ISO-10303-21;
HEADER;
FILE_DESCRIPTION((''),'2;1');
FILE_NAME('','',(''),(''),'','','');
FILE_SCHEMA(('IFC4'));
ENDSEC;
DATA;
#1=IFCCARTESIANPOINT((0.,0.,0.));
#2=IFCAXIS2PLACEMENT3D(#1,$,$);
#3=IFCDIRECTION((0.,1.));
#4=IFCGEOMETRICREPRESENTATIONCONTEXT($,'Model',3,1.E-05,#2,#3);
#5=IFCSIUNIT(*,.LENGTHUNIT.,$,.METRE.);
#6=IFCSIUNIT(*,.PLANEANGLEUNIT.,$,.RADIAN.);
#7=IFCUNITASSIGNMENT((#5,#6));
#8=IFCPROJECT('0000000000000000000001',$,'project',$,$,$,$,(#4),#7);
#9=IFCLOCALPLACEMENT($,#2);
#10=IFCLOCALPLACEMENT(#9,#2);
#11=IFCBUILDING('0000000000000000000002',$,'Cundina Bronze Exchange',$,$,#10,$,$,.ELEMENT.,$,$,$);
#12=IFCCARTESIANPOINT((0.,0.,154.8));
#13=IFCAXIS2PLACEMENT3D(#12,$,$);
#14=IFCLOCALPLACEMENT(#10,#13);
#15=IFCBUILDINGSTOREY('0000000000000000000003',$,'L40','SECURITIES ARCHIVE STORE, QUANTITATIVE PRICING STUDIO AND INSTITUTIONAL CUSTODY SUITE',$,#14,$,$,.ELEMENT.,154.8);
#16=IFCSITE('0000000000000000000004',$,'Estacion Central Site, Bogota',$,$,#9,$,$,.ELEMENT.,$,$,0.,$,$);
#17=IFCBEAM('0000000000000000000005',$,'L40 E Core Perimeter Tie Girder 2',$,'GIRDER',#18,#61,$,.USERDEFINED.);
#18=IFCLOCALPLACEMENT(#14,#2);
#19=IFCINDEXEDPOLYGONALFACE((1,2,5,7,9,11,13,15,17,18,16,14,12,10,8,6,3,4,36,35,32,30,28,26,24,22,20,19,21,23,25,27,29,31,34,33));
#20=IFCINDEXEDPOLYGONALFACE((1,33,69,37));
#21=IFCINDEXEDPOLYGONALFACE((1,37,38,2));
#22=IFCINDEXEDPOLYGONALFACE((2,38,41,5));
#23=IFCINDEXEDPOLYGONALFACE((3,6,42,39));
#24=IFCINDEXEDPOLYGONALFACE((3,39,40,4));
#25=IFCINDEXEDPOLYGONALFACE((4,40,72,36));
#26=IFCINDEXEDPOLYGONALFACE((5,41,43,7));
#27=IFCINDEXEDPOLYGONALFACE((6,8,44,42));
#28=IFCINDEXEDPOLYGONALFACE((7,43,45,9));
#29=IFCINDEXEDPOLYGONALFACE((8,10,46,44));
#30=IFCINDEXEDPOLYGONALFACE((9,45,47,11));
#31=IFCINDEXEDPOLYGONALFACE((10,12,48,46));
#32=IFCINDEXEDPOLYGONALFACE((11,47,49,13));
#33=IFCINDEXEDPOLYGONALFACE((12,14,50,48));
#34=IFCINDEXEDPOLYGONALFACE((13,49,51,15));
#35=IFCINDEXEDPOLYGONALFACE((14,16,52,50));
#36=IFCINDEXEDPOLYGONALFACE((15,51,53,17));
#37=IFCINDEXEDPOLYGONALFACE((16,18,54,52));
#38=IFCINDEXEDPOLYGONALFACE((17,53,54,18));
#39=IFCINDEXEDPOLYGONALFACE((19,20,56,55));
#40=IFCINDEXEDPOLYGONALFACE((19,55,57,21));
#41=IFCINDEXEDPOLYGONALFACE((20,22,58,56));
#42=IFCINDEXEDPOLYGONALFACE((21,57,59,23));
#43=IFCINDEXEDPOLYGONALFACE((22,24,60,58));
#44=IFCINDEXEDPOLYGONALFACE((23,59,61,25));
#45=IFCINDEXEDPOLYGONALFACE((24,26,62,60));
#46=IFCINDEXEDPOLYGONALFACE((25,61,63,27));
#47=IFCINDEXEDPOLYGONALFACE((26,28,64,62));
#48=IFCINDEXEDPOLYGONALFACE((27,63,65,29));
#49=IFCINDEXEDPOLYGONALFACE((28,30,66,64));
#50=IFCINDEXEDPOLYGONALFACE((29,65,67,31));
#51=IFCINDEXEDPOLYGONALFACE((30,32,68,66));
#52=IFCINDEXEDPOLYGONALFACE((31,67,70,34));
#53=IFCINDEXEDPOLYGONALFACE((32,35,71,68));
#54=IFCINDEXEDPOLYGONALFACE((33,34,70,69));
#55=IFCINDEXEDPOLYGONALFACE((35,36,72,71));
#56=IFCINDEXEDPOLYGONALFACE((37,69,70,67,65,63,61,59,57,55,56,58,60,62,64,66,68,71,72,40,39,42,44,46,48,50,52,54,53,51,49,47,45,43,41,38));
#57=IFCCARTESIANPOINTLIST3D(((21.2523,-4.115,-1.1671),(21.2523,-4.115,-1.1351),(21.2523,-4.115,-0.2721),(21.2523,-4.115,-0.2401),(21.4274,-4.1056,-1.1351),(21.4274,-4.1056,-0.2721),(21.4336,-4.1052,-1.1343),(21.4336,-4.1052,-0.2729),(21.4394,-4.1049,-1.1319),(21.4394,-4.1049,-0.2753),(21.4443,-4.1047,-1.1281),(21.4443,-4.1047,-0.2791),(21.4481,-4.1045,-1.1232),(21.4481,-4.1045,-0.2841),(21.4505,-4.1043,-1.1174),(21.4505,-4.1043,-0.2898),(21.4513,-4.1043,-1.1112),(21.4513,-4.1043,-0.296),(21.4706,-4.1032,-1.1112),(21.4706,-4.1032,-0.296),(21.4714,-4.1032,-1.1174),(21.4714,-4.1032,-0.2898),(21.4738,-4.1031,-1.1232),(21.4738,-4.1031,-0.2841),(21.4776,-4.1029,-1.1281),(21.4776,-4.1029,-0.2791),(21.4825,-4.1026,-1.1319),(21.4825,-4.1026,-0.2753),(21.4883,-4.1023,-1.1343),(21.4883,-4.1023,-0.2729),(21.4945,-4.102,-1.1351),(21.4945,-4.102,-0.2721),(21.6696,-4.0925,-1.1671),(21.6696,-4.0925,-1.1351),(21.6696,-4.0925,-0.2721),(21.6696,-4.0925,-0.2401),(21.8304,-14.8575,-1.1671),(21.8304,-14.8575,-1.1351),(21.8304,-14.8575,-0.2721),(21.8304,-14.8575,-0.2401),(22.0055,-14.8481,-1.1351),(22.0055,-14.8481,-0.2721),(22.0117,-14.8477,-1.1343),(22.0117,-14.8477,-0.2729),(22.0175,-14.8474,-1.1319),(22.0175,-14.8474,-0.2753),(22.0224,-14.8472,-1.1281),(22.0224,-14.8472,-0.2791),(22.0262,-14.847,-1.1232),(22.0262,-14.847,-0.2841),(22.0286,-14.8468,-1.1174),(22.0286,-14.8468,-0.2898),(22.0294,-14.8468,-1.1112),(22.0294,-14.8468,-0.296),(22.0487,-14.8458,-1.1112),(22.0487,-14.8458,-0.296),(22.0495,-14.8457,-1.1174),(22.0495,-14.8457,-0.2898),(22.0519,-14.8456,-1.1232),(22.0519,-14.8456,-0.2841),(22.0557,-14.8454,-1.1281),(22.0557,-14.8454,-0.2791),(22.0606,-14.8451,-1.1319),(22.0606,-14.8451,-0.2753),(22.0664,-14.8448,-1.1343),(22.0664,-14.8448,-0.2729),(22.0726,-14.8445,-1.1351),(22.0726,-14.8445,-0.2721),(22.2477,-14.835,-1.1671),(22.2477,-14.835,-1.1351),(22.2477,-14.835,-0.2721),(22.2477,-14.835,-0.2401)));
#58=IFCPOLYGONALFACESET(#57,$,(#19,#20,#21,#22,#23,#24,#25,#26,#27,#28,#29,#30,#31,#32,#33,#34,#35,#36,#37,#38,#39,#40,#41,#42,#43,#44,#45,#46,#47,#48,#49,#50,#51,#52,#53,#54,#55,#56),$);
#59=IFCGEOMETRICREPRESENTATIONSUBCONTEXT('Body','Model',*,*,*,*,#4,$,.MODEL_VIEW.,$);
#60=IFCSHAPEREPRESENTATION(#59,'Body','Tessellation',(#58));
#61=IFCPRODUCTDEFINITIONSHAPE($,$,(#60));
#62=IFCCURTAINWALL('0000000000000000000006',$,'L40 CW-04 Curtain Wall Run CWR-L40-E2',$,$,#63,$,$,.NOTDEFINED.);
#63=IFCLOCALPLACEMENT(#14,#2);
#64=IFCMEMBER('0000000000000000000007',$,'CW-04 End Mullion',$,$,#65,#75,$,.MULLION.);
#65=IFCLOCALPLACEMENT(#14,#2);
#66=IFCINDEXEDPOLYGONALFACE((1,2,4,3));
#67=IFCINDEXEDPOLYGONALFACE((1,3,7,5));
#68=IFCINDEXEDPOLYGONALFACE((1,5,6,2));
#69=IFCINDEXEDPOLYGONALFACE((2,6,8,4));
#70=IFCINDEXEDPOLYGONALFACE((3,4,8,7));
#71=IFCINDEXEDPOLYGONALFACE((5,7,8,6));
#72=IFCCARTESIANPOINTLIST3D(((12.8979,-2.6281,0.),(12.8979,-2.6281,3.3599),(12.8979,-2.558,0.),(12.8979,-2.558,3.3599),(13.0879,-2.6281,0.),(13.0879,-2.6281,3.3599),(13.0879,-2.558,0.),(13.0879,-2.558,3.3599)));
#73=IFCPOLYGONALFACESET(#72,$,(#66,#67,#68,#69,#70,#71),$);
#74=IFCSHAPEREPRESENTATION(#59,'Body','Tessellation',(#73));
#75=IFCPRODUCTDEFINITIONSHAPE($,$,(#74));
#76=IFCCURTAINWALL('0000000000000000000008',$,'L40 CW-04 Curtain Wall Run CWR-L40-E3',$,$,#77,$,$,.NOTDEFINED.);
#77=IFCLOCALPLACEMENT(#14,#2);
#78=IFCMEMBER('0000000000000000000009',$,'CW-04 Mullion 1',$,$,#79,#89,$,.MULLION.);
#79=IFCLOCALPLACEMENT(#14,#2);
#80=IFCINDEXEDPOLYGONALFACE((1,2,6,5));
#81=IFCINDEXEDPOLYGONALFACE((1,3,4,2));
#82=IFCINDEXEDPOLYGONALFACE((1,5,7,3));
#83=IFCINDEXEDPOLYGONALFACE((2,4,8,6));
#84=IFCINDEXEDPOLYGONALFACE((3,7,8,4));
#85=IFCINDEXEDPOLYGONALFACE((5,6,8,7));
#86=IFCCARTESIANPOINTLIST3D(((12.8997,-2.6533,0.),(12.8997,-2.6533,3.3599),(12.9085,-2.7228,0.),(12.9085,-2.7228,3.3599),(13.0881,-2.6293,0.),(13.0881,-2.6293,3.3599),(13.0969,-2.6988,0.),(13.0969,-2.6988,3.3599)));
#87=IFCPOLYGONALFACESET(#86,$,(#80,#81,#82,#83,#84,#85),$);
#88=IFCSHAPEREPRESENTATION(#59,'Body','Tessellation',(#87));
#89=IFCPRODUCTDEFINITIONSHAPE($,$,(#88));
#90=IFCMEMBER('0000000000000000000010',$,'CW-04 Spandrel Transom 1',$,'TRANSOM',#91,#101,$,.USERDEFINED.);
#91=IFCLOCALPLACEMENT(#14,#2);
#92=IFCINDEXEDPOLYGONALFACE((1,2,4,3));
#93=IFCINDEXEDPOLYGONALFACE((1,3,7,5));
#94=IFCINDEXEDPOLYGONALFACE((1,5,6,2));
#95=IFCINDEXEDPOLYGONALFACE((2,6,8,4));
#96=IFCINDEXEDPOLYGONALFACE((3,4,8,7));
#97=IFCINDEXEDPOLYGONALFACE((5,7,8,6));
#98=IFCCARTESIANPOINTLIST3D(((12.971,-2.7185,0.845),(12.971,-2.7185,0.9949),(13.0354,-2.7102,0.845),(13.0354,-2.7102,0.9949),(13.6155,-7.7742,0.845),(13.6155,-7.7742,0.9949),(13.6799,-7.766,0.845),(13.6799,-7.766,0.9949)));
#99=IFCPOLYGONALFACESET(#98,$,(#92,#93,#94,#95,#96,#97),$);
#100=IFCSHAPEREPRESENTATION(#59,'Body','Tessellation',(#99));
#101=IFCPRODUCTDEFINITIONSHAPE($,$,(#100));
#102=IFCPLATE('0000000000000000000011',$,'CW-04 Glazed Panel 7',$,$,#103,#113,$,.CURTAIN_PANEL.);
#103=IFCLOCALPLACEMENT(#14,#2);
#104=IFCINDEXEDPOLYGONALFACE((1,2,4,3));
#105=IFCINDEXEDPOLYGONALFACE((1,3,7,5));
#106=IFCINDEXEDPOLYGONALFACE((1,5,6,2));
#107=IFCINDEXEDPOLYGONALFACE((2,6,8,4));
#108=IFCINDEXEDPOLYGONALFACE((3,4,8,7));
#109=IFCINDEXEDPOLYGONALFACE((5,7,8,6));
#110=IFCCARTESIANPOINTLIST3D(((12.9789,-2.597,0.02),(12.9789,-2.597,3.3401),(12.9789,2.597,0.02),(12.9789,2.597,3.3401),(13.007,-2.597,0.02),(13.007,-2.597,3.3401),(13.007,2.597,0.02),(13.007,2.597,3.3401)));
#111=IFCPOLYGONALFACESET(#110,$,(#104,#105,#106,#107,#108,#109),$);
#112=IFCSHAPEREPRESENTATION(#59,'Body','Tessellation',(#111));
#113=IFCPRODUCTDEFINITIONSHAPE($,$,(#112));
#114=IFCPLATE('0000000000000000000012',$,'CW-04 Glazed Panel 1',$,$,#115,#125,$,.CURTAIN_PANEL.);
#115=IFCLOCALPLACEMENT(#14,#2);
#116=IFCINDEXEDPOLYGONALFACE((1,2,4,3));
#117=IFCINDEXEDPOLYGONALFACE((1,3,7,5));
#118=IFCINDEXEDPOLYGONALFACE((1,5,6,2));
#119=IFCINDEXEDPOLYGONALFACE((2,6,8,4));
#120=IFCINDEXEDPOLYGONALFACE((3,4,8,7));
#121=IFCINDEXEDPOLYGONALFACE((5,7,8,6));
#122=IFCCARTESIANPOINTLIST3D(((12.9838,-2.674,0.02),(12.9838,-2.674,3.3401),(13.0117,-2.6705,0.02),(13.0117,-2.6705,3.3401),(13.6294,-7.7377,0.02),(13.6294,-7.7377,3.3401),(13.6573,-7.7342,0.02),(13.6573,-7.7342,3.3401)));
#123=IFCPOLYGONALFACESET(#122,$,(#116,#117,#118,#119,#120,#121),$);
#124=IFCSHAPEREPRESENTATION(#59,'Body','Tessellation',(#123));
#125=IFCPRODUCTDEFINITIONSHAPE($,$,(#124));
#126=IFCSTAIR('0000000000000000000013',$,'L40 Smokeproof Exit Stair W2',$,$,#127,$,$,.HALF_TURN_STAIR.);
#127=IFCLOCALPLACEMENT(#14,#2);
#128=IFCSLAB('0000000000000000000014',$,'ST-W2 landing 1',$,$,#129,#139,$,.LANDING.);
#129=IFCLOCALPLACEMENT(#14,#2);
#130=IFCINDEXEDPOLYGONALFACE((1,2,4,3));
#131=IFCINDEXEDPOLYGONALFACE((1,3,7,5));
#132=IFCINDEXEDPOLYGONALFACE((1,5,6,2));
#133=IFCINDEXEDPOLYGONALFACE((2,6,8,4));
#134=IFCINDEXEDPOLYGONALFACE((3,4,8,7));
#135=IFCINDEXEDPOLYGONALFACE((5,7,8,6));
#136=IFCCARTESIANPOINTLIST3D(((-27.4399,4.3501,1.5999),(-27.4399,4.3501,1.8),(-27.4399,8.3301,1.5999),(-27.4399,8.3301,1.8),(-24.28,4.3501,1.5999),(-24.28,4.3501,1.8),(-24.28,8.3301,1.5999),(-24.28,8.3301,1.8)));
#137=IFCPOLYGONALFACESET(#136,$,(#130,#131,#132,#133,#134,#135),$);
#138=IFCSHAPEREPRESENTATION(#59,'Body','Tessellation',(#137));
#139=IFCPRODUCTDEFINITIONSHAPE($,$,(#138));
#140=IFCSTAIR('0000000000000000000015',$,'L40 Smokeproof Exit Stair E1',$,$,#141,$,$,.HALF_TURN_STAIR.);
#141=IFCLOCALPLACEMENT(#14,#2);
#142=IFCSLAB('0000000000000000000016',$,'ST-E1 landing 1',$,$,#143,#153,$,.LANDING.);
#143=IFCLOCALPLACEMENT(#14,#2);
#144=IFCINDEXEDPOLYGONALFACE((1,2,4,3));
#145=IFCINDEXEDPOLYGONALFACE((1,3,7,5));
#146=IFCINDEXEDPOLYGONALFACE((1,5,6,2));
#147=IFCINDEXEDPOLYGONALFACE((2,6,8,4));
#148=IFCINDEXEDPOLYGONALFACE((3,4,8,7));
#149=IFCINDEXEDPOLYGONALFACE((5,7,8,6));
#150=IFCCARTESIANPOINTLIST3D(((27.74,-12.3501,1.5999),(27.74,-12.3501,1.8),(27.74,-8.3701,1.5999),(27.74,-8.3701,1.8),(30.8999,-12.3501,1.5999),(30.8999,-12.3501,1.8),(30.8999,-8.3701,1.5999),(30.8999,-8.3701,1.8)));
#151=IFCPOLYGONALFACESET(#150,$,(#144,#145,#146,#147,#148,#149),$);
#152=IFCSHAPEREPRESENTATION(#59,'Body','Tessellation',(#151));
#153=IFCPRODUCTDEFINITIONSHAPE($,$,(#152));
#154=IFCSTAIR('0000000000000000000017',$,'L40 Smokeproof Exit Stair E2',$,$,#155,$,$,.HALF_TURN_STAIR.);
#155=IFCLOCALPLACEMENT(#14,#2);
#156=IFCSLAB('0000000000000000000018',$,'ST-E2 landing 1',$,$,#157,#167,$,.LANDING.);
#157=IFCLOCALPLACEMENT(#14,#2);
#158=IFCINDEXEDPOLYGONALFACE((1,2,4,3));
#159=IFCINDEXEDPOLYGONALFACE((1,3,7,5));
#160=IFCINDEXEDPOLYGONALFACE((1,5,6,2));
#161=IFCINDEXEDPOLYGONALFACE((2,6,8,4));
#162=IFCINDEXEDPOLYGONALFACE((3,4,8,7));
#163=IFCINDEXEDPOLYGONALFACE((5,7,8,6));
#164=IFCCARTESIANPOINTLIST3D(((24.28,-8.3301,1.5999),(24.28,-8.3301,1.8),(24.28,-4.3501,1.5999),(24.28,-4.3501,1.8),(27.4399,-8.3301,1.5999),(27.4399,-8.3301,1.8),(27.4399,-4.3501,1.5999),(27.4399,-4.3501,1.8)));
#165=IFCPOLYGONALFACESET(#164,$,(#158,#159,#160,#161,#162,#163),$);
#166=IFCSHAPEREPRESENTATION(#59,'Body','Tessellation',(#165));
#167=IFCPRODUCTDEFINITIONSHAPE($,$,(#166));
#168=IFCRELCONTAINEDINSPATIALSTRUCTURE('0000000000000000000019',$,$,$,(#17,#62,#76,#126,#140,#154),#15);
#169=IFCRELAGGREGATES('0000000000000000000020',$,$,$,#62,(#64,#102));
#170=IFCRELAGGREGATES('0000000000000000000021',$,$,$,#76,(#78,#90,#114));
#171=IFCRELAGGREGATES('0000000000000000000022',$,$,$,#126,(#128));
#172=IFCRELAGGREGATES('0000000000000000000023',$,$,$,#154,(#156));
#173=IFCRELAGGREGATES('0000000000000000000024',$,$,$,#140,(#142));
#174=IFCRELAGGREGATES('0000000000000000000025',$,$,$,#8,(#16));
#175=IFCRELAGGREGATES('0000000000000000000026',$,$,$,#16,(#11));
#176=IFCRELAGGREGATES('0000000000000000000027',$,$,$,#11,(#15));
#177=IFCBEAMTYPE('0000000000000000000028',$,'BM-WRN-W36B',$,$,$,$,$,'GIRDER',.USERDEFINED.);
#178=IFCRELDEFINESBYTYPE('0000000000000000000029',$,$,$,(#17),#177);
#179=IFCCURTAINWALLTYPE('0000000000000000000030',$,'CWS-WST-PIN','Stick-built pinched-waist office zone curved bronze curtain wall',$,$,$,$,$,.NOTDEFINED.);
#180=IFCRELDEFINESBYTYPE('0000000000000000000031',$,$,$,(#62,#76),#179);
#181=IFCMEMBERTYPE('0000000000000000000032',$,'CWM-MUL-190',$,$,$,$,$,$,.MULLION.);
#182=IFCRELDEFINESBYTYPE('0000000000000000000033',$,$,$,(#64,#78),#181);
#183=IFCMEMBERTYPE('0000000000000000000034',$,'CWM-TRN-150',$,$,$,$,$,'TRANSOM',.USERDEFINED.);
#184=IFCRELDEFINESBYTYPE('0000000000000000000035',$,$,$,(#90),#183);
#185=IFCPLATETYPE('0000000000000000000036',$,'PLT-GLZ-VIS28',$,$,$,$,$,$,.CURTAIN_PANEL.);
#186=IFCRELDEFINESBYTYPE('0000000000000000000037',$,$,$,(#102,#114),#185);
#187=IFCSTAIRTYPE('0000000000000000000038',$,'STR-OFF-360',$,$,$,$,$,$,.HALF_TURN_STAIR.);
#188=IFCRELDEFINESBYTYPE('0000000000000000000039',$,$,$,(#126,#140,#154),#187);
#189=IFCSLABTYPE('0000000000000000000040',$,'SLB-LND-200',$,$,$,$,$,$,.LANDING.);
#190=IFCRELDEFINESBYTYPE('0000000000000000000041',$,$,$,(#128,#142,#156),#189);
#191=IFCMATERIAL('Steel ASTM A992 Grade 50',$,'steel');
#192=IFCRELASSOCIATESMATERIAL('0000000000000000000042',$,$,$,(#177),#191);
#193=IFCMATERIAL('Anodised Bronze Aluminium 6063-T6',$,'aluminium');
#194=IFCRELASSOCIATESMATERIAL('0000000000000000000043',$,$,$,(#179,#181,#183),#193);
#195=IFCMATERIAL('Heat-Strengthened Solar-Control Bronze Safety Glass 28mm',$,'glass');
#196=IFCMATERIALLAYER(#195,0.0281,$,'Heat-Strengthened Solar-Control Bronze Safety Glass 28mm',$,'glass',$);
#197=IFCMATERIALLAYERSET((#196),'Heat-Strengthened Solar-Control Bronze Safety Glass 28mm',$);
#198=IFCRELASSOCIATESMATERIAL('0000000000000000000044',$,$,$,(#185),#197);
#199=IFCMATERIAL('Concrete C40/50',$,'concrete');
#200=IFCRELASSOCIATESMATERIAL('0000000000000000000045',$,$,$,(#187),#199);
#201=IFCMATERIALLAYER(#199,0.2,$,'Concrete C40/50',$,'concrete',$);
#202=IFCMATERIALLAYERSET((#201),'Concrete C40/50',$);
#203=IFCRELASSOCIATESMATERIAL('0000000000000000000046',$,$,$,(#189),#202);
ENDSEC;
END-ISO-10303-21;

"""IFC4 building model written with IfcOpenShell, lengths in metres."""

from ifc_helpers import new_model, si_unit, direction, frame, origin, origin_2d, place, context, subcontext, project, spatial, polyline, rectangle, i_section, outline, extrude, material, layer, layer_set, material_profile, profile_set, type_object, element, aggregate, save


model = new_model("IFC4")

# Units and contexts
model_context = context("Model", 3, precision=1e-05, world=origin(), true_north=direction((0.0, 1.0)))
body_context = subcontext(model_context, "Body", "Model", "MODEL_VIEW")
ifc_project = project(units=[si_unit("LENGTHUNIT", "METRE"), si_unit("PLANEANGLEUNIT", "RADIAN")], contexts=[model_context])

# Site, building, storey
site_placement = place(None, origin())
site = spatial("IfcSite", under=ifc_project, at=site_placement, Name="Estacion Central Site, Bogota", CompositionType="ELEMENT", RefElevation=0.0)
building_placement = place(site_placement, origin())
building = spatial("IfcBuilding", under=site, at=building_placement, Name="Cundina Bronze Exchange", CompositionType="ELEMENT")
storey_placement = place(building_placement, frame((0.0, 0.0, 154.8)))
storey = spatial("IfcBuildingStorey", under=building, at=storey_placement, Name="L40", Description="SECURITIES ARCHIVE STORE, QUANTITATIVE PRICING STUDIO AND INSTITUTIONAL CUSTODY SUITE", CompositionType="ELEMENT", Elevation=154.8)

# Shared definitions
ifc_material_1 = material(Name="Steel ASTM A992 Grade 50", Category="steel")

# Beam
ifc_material_profile_1 = material_profile(ifc_material_1, i_section(OverallWidth=0.418, OverallDepth=0.927, WebThickness=0.0193, FlangeThickness=0.032, FilletRadius=0.0239, at=origin_2d()), Name="W36X231", Category="steel")
ifc_profile_set_1 = profile_set([ifc_material_profile_1], Name="Steel ASTM A992 Grade 50")
beam_type_1 = type_object("IfcBeamType", Name="BM-WRN-W36B", ElementType="GIRDER", PredefinedType="USERDEFINED", material=ifc_profile_set_1)
beam_1_placement = place(storey_placement, frame((21.4609, -4.1038, -0.7036), z_axis=(0.053739, -0.998555, 0.0), x_axis=(0.998555, 0.053739, 0.0)))
element("IfcBeam", 1, at=beam_1_placement, inside=storey, type_object=beam_type_1, Name="L40 E Core Perimeter Tie Girder 2", ObjectType="GIRDER", PredefinedType="USERDEFINED", context=body_context, shape_type="SweptSolid", body=[
    extrude(i_section(OverallWidth=0.418, OverallDepth=0.927, WebThickness=0.0193, FlangeThickness=0.032, FilletRadius=0.0239, at=origin_2d()), origin(), (0.0, 0.0, 1.0), 10.7581),
])

# Curtain wall, member
ifc_material_2 = material(Name="Anodised Bronze Aluminium 6063-T6", Category="aluminium")
curtain_wall_type = type_object("IfcCurtainWallType", Name="CWS-WST-PIN", Description="Stick-built pinched-waist office zone curved bronze curtain wall", PredefinedType="NOTDEFINED", material=ifc_material_2)
curtain_wall_1_placement = place(storey_placement, origin())
curtain_wall_1 = element("IfcCurtainWall", 2, at=curtain_wall_1_placement, inside=storey, type_object=curtain_wall_type, Name="L40 CW-04 Curtain Wall Run CWR-L40-E2", PredefinedType="NOTDEFINED")
ifc_material_profile_2 = material_profile(ifc_material_2, rectangle(XDim=0.0701, YDim=0.1899, at=origin_2d()), Name="AL70X190", Category="aluminium")
ifc_profile_set_2 = profile_set([ifc_material_profile_2], Name="Anodised Bronze Aluminium 6063-T6")
member_type_1 = type_object("IfcMemberType", Name="CWM-MUL-190", PredefinedType="MULLION", material=ifc_profile_set_2)
member_1_placement = place(storey_placement, frame((12.9929, -2.593, 0.0), z_axis=(0.0, 0.0, 1.0), x_axis=(0.0, -1.0, 0.0)))
member_1 = element("IfcMember", 3, at=member_1_placement, type_object=member_type_1, Name="CW-04 End Mullion", PredefinedType="MULLION", context=body_context, shape_type="SweptSolid", body=[
    extrude(rectangle(XDim=0.0701, YDim=0.1899, at=origin_2d()), origin(), (0.0, 0.0, 1.0), 3.3599),
])

# Curtain wall, members
curtain_wall_2_placement = place(storey_placement, origin())
curtain_wall_2 = element("IfcCurtainWall", 4, at=curtain_wall_2_placement, inside=storey, type_object=curtain_wall_type, Name="L40 CW-04 Curtain Wall Run CWR-L40-E3", PredefinedType="NOTDEFINED")
member_2_placement = place(storey_placement, frame((12.9983, -2.676, 0.0), z_axis=(0.0, 0.0, 1.0), x_axis=(0.126545, -0.991961, 0.0)))
member_2 = element("IfcMember", 5, at=member_2_placement, type_object=member_type_1, Name="CW-04 Mullion 1", PredefinedType="MULLION", context=body_context, shape_type="SweptSolid", body=[
    extrude(rectangle(XDim=0.0701, YDim=0.1899, at=origin_2d()), origin(), (0.0, 0.0, 1.0), 3.3599),
])
ifc_material_profile_3 = material_profile(ifc_material_2, rectangle(XDim=0.0649, YDim=0.1499, at=origin_2d()), Name="AL65X150", Category="aluminium")
ifc_profile_set_3 = profile_set([ifc_material_profile_3], Name="Anodised Bronze Aluminium 6063-T6")
member_type_2 = type_object("IfcMemberType", Name="CWM-TRN-150", ElementType="TRANSOM", PredefinedType="USERDEFINED", material=ifc_profile_set_3)
member_3_placement = place(storey_placement, frame((13.0032, -2.7144, 0.9199), z_axis=(0.126463, -0.991971, 0.0), x_axis=(0.991971, 0.126463, 0.0)))
member_3 = element("IfcMember", 6, at=member_3_placement, type_object=member_type_2, Name="CW-04 Spandrel Transom 1", ObjectType="TRANSOM", PredefinedType="USERDEFINED", context=body_context, shape_type="SweptSolid", body=[
    extrude(rectangle(XDim=0.0649, YDim=0.1499, at=origin_2d()), origin(), (0.0, 0.0, 1.0), 5.0967),
])

# Plates
ifc_material_3 = material(Name="Heat-Strengthened Solar-Control Bronze Safety Glass 28mm", Category="glass")
ifc_layer_1 = layer(ifc_material_3, 0.0281, Name="Heat-Strengthened Solar-Control Bronze Safety Glass 28mm", Category="glass")
ifc_layer_set_1 = layer_set([ifc_layer_1], Name="Heat-Strengthened Solar-Control Bronze Safety Glass 28mm")
plate_type = type_object("IfcPlateType", Name="PLT-GLZ-VIS28", PredefinedType="CURTAIN_PANEL", material=ifc_layer_set_1)
plate_1_placement = place(storey_placement, frame((12.9929, 0.0, 0.02), z_axis=(0.0, 0.0, 1.0), x_axis=(0.0, -1.0, 0.0)))
plate_1 = element("IfcPlate", 7, at=plate_1_placement, type_object=plate_type, Name="CW-04 Glazed Panel 7", PredefinedType="CURTAIN_PANEL", context=body_context, shape_type="SweptSolid", body=[
    extrude(rectangle(XDim=5.1941, YDim=0.0281, at=origin_2d()), origin(), (0.0, 0.0, 1.0), 3.3201),
])
aggregate(curtain_wall_1, [member_1, plate_1])
plate_2_placement = place(storey_placement, frame((13.3206, -5.2041, 0.02), z_axis=(0.0, 0.0, 1.0), x_axis=(0.126476, -0.99197, 0.0)))
plate_2 = element("IfcPlate", 8, at=plate_2_placement, type_object=plate_type, Name="CW-04 Glazed Panel 1", PredefinedType="CURTAIN_PANEL", context=body_context, shape_type="SweptSolid", body=[
    extrude(rectangle(XDim=5.1047, YDim=0.0281, at=origin_2d()), origin(), (0.0, 0.0, 1.0), 3.3201),
])
aggregate(curtain_wall_2, [member_2, member_3, plate_2])

# Stairs, slabs
ifc_material_4 = material(Name="Concrete C40/50", Category="concrete")
stair_type = type_object("IfcStairType", Name="STR-OFF-360", PredefinedType="HALF_TURN_STAIR", material=ifc_material_4)
stair_1_placement = place(storey_placement, origin())
stair_1 = element("IfcStair", 9, at=stair_1_placement, inside=storey, type_object=stair_type, Name="L40 Smokeproof Exit Stair W2", PredefinedType="HALF_TURN_STAIR")
ifc_layer_2 = layer(ifc_material_4, 0.2, Name="Concrete C40/50", Category="concrete")
ifc_layer_set_2 = layer_set([ifc_layer_2], Name="Concrete C40/50")
slab_type = type_object("IfcSlabType", Name="SLB-LND-200", PredefinedType="LANDING", material=ifc_layer_set_2)
slab_1_placement = place(storey_placement, frame((0.0, 0.0, 1.5999)))
slab_1 = element("IfcSlab", 10, at=slab_1_placement, type_object=slab_type, Name="ST-W2 landing 1", PredefinedType="LANDING", context=body_context, shape_type="SweptSolid", body=[
    extrude(outline(polyline([(-27.4399, 8.3301), (-27.4399, 4.3501), (-24.28, 4.3501), (-24.28, 8.3301), (-27.4399, 8.3301)])), origin(), (0.0, 0.0, 1.0), 0.2002),
])
aggregate(stair_1, [slab_1])
stair_2_placement = place(storey_placement, origin())
stair_2 = element("IfcStair", 11, at=stair_2_placement, inside=storey, type_object=stair_type, Name="L40 Smokeproof Exit Stair E1", PredefinedType="HALF_TURN_STAIR")
slab_2_placement = place(storey_placement, frame((0.0, 0.0, 1.5999)))
slab_2 = element("IfcSlab", 12, at=slab_2_placement, type_object=slab_type, Name="ST-E1 landing 1", PredefinedType="LANDING", context=body_context, shape_type="SweptSolid", body=[
    extrude(outline(polyline([(27.74, -8.3701), (27.74, -12.3501), (30.8999, -12.3501), (30.8999, -8.3701), (27.74, -8.3701)])), origin(), (0.0, 0.0, 1.0), 0.2002),
])
stair_3_placement = place(storey_placement, origin())
stair_3 = element("IfcStair", 13, at=stair_3_placement, inside=storey, type_object=stair_type, Name="L40 Smokeproof Exit Stair E2", PredefinedType="HALF_TURN_STAIR")
slab_3_placement = place(storey_placement, frame((0.0, 0.0, 1.5999)))
slab_3 = element("IfcSlab", 14, at=slab_3_placement, type_object=slab_type, Name="ST-E2 landing 1", PredefinedType="LANDING", context=body_context, shape_type="SweptSolid", body=[
    extrude(outline(polyline([(27.4399, -8.3301), (27.4399, -4.3501), (24.28, -4.3501), (24.28, -8.3301), (27.4399, -8.3301)])), origin(), (0.0, 0.0, 1.0), 0.2002),
])
aggregate(stair_3, [slab_3])

aggregate(stair_2, [slab_2])

save(model, "model.ifc")
